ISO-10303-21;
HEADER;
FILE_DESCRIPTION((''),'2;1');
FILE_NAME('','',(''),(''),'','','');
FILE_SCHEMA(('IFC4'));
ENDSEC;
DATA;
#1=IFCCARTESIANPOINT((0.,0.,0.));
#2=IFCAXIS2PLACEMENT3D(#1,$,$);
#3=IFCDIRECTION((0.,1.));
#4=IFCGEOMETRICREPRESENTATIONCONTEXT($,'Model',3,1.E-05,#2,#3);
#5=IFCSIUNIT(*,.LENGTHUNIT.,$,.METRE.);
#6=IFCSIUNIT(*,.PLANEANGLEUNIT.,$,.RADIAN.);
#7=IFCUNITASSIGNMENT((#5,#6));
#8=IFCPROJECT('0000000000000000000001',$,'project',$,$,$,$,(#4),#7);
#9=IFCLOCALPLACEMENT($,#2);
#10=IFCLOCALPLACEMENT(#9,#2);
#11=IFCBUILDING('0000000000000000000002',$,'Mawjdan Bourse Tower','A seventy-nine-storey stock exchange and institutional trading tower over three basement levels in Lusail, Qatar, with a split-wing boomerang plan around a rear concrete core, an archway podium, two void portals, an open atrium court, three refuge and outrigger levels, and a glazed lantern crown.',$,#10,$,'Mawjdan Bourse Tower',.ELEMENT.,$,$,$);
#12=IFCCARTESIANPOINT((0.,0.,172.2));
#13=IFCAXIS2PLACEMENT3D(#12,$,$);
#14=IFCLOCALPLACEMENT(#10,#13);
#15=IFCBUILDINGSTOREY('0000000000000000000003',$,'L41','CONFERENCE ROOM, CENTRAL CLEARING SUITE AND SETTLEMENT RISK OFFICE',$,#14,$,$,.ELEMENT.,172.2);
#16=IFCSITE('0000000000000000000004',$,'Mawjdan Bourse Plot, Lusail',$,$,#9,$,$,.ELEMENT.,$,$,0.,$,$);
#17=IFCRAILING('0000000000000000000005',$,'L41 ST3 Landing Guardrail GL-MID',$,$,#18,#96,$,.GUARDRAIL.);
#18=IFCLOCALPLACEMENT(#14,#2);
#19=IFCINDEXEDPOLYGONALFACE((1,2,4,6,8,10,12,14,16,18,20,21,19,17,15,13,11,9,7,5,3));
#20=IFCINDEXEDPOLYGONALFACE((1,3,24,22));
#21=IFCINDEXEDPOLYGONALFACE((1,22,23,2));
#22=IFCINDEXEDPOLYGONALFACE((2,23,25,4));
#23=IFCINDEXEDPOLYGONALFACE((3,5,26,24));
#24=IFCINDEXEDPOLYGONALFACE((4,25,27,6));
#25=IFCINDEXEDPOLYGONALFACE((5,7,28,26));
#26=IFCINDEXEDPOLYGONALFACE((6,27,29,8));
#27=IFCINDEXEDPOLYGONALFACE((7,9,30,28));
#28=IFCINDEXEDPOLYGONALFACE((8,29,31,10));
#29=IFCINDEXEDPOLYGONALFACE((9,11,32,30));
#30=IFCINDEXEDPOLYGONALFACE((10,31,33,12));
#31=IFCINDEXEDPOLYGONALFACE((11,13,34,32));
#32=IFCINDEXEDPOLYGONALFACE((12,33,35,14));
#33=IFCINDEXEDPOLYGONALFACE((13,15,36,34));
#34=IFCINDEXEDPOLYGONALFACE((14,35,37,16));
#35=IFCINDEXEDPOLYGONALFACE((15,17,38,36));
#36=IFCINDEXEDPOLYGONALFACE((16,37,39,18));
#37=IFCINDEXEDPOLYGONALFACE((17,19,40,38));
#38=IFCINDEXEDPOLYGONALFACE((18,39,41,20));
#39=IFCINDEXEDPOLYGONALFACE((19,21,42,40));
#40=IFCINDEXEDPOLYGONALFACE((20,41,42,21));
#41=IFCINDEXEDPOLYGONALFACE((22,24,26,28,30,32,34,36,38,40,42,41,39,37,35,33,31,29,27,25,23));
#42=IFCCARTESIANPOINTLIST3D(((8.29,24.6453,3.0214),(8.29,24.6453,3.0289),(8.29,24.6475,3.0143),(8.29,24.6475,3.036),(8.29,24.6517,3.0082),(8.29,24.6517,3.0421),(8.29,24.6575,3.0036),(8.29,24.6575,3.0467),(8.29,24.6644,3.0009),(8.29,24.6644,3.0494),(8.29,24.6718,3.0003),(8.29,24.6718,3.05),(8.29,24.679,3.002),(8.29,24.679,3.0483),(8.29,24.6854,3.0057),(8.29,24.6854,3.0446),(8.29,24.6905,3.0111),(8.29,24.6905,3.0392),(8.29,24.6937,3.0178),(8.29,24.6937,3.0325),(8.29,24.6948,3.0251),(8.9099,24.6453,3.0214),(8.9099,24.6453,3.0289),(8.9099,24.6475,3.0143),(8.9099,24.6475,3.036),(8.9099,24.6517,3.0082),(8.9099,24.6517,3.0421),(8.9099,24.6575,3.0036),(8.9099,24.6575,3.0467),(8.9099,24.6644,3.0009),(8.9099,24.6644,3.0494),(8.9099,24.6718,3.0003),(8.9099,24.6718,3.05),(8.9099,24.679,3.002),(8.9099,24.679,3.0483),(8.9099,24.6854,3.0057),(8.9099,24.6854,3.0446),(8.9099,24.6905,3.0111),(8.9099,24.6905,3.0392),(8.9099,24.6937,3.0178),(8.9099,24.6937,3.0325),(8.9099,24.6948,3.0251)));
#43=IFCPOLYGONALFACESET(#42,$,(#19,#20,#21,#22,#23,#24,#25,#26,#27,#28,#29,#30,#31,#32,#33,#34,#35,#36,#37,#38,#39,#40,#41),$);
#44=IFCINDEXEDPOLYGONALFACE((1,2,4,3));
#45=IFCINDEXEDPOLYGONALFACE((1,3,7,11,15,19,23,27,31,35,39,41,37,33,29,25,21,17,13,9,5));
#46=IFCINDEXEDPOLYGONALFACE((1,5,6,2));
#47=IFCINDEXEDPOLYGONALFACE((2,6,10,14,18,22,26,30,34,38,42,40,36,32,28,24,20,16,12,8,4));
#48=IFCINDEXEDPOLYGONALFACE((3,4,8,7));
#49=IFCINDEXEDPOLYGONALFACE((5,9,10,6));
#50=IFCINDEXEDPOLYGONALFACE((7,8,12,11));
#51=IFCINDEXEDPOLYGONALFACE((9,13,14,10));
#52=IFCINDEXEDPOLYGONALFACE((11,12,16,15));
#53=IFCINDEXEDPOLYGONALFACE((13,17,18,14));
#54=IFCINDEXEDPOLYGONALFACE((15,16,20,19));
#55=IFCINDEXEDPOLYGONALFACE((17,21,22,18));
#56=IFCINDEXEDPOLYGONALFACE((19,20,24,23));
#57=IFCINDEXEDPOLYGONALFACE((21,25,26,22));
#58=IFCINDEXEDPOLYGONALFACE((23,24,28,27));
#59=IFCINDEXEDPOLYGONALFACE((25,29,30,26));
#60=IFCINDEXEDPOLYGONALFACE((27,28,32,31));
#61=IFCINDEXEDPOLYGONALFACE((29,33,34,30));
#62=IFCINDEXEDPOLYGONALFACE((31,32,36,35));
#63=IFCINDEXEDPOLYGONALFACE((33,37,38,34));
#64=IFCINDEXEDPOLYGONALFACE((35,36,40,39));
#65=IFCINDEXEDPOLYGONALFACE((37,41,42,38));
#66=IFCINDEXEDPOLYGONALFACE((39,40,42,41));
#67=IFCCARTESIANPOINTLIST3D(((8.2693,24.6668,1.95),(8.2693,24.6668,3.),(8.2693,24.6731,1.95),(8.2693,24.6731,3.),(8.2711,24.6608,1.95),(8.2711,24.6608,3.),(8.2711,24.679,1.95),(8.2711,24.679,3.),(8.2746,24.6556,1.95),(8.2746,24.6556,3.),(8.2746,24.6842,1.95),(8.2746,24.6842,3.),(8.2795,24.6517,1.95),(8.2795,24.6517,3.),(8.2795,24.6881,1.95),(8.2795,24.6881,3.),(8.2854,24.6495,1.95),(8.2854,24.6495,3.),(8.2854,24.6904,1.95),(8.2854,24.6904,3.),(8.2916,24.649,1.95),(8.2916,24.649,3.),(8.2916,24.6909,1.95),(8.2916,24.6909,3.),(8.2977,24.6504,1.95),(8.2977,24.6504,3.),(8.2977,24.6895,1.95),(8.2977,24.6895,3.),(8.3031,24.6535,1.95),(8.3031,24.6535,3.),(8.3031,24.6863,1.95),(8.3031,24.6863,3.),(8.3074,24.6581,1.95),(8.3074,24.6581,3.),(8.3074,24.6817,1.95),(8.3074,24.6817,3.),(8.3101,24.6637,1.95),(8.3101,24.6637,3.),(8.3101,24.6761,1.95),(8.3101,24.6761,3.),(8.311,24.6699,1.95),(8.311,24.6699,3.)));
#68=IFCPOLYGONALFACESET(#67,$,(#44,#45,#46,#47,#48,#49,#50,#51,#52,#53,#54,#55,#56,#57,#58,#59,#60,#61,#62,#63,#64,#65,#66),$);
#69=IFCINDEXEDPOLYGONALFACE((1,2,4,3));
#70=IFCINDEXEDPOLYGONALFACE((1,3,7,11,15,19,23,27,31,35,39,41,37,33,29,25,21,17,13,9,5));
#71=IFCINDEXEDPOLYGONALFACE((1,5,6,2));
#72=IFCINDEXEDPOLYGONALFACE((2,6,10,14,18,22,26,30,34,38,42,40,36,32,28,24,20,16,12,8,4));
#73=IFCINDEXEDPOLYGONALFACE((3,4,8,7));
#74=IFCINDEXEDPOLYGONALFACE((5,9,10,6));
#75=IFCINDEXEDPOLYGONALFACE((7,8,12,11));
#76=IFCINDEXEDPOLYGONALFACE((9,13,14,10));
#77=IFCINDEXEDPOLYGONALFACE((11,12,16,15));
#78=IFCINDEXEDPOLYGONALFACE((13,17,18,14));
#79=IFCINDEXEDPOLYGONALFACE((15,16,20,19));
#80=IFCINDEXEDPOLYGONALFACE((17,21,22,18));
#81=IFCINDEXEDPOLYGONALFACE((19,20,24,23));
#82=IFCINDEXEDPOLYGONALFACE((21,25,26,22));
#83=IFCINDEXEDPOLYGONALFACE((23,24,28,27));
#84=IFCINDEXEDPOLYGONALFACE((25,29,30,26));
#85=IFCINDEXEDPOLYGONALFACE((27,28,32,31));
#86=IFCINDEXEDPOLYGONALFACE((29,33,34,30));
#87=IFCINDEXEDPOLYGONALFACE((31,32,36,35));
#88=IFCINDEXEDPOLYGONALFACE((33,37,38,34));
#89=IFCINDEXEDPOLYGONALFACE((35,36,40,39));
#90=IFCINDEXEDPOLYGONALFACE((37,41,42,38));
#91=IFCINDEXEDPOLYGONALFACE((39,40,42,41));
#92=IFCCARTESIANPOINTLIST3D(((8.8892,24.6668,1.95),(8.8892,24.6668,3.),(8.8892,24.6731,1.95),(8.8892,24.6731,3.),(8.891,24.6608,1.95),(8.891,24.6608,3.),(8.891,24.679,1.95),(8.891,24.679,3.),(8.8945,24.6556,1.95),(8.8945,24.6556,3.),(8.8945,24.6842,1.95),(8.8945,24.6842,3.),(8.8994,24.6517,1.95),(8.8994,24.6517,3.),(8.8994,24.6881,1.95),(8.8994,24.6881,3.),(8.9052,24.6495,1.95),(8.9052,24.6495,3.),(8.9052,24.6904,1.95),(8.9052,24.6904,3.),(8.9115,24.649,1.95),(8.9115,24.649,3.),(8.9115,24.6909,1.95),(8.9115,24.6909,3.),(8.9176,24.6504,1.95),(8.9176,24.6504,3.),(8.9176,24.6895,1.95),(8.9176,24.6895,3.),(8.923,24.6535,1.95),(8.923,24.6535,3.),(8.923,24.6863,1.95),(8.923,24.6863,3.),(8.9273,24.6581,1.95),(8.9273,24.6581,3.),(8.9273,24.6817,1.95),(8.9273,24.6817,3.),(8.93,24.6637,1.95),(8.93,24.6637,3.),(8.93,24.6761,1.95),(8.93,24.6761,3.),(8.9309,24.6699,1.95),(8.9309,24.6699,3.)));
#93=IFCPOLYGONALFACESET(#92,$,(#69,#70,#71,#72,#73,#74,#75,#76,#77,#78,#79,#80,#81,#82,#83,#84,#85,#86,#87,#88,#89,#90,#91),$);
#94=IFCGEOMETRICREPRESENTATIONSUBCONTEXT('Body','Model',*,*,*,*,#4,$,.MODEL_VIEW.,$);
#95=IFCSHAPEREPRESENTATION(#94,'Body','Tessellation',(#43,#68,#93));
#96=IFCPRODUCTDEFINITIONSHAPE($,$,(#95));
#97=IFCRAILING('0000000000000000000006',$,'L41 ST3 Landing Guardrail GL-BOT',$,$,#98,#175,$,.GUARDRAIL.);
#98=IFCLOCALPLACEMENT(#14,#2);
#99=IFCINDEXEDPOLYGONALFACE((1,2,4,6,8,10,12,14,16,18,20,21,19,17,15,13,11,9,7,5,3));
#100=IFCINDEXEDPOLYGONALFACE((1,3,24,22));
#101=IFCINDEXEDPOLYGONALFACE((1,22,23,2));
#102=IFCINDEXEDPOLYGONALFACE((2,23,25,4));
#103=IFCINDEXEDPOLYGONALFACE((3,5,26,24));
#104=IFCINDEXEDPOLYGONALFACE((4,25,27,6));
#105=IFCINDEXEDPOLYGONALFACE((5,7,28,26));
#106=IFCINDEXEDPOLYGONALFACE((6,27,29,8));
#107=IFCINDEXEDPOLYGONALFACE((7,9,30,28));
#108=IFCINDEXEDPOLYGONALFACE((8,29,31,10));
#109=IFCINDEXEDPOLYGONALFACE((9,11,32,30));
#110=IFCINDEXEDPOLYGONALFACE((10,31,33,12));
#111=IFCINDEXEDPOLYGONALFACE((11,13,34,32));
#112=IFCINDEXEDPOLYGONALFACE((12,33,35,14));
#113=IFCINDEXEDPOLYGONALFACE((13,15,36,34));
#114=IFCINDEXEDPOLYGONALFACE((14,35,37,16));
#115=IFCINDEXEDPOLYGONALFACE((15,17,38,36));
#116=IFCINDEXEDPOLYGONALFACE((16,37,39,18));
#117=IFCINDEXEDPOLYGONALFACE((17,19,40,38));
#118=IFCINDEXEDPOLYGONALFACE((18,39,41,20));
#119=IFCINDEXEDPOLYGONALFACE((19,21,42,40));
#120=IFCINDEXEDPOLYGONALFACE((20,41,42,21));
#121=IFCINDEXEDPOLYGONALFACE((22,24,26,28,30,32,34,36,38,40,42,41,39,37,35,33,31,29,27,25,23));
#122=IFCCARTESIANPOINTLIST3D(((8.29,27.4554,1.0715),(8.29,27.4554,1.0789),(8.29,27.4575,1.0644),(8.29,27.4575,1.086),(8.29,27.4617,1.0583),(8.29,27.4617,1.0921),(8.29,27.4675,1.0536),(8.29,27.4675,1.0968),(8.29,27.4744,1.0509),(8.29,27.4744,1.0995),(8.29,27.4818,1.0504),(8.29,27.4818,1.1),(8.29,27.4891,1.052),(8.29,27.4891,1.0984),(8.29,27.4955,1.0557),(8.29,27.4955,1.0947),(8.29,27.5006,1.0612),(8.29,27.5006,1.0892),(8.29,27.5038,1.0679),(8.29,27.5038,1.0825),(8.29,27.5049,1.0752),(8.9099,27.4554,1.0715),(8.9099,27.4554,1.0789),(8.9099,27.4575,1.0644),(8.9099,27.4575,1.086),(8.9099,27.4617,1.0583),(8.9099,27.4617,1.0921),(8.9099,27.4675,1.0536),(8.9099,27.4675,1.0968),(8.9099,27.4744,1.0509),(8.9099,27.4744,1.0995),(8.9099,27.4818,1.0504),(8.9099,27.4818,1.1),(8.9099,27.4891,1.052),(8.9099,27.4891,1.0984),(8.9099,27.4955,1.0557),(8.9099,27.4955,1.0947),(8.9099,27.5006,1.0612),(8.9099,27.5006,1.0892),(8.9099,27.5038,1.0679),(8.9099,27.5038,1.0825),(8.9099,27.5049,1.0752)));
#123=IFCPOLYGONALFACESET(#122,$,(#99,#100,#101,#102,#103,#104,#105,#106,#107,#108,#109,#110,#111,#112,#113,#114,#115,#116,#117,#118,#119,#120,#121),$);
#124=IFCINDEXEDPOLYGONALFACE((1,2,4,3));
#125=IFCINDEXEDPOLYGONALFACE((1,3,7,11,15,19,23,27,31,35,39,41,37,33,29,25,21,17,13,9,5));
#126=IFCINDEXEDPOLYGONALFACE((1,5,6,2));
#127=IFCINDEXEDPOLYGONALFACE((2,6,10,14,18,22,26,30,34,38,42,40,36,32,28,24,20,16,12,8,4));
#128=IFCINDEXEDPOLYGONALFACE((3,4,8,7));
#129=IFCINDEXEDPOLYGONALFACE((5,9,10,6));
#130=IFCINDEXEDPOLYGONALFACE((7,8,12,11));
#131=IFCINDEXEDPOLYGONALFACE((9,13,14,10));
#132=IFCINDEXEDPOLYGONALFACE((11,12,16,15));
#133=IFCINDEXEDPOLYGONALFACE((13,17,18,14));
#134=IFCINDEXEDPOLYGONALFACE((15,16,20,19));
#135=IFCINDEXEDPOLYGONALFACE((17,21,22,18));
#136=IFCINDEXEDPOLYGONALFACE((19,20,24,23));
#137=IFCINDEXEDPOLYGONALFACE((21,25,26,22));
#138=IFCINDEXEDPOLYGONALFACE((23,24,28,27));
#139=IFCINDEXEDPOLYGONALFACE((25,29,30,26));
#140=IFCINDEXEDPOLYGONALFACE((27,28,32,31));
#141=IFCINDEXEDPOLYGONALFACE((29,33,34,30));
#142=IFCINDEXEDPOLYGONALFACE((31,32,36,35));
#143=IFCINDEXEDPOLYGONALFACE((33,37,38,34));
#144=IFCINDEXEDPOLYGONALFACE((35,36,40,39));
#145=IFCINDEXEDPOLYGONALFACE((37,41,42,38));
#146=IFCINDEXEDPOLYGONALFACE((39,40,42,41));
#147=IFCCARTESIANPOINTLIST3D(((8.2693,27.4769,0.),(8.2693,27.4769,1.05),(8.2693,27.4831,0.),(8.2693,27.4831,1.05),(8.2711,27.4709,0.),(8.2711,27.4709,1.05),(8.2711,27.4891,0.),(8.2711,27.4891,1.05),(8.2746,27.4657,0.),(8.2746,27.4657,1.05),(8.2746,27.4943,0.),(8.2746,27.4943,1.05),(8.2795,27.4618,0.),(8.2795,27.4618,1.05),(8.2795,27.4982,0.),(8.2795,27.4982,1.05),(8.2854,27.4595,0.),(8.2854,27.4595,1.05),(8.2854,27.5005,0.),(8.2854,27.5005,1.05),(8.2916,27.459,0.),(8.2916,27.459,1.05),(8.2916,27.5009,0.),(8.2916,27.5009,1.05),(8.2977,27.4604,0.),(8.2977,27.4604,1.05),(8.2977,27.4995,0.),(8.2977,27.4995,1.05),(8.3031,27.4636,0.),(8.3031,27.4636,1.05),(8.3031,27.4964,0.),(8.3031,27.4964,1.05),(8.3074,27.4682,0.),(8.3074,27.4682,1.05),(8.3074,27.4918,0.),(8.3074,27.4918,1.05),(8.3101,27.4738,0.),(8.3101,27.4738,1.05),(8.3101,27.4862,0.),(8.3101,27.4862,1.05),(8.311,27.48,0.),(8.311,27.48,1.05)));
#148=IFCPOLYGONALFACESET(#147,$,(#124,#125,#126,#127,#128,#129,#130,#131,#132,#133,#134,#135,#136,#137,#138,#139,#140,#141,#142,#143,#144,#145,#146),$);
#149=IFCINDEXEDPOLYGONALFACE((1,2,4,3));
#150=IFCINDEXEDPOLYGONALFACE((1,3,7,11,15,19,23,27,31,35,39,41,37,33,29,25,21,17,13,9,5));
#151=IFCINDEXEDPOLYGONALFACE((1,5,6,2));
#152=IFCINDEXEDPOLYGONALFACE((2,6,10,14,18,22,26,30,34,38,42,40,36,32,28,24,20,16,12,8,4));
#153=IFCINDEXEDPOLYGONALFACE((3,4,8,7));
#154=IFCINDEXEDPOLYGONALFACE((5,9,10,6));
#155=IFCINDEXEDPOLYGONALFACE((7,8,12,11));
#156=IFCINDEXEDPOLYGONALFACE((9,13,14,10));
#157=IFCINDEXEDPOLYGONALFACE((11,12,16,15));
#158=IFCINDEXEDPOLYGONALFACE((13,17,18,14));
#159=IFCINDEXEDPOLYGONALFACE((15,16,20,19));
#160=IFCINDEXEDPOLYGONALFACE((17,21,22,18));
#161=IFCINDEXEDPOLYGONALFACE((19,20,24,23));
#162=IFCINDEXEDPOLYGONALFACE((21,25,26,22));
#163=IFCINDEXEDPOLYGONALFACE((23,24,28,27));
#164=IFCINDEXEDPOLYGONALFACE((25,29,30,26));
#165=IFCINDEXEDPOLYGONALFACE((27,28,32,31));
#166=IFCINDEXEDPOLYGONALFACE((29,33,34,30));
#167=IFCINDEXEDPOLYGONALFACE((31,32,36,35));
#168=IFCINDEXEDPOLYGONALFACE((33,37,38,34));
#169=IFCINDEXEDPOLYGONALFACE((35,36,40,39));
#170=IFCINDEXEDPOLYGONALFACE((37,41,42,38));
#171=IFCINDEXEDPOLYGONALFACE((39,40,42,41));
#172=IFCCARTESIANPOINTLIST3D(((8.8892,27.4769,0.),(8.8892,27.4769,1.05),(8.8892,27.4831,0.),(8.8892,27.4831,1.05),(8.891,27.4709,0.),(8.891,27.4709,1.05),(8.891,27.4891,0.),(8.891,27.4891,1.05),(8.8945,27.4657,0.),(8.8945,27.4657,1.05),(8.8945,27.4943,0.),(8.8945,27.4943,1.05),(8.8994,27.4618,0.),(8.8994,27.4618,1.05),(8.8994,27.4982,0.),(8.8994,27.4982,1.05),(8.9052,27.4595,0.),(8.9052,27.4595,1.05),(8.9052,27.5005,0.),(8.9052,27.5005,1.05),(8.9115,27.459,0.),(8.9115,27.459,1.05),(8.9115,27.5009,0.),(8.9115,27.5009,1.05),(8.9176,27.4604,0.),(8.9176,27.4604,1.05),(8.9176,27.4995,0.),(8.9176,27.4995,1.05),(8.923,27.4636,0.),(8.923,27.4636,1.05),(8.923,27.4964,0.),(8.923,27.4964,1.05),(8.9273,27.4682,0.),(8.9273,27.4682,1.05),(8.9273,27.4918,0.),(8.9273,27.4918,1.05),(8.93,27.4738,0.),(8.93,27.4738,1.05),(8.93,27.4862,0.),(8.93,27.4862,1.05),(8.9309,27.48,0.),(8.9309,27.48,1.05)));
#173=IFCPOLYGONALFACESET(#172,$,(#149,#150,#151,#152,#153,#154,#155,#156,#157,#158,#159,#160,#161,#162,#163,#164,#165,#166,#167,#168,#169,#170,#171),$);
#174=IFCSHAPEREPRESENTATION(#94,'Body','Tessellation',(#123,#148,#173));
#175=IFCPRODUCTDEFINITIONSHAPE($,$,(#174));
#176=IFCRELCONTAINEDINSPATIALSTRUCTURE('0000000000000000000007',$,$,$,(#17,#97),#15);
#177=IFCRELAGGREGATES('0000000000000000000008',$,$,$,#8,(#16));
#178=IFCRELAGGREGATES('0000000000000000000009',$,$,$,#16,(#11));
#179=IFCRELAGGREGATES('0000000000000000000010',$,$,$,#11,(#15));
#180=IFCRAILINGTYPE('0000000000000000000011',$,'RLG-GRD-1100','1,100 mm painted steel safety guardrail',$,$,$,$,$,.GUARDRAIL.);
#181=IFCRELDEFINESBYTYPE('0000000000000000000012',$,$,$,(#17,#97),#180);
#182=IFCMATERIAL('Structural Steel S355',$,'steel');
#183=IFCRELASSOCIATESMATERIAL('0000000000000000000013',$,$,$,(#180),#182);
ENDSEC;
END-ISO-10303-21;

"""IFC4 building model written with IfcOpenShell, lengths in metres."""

from ifc_helpers import new_model, si_unit, direction, frame, origin, origin_2d, place, context, subcontext, project, spatial, circle, extrude, material, type_object, element, save


model = new_model("IFC4")

# Units and contexts
model_context = context("Model", 3, precision=1e-05, world=origin(), true_north=direction((0.0, 1.0)))
body_context = subcontext(model_context, "Body", "Model", "MODEL_VIEW")
ifc_project = project(units=[si_unit("LENGTHUNIT", "METRE"), si_unit("PLANEANGLEUNIT", "RADIAN")], contexts=[model_context])

# Site, building, storey
site_placement = place(None, origin())
site = spatial("IfcSite", under=ifc_project, at=site_placement, Name="Mawjdan Bourse Plot, Lusail", CompositionType="ELEMENT", RefElevation=0.0)
building_placement = place(site_placement, origin())
building = spatial("IfcBuilding", under=site, at=building_placement, Name="Mawjdan Bourse Tower", Description="A seventy-nine-storey stock exchange and institutional trading tower over three basement levels in Lusail, Qatar, with a split-wing boomerang plan around a rear concrete core, an archway podium, two void portals, an open atrium court, three refuge and outrigger levels, and a glazed lantern crown.", LongName="Mawjdan Bourse Tower", CompositionType="ELEMENT")
storey_placement = place(building_placement, frame((0.0, 0.0, 172.2)))
storey = spatial("IfcBuildingStorey", under=building, at=storey_placement, Name="L41", Description="CONFERENCE ROOM, CENTRAL CLEARING SUITE AND SETTLEMENT RISK OFFICE", CompositionType="ELEMENT", Elevation=172.2)

# Shared definitions
ifc_material_1 = material(Name="Structural Steel S355", Category="steel")

# Railings
railing_type_1 = type_object("IfcRailingType", Name="RLG-GRD-1100", Description="1,100 mm painted steel safety guardrail", PredefinedType="GUARDRAIL", material=ifc_material_1)
for number, where, name in (
    (1, (8.29, 24.6699, 1.95), "L41 ST3 Landing Guardrail GL-MID"),
    (2, (8.29, 27.48, 0.0), "L41 ST3 Landing Guardrail GL-BOT"),
):
    element("IfcRailing", number, at=place(storey_placement, frame(where)), inside=storey, type_object=railing_type_1, Name=name, PredefinedType="GUARDRAIL", context=body_context, shape_type="SweptSolid", body=[
        extrude(circle(Radius=0.0249, at=origin_2d()), frame((0.0, 0.0, 1.0752), z_axis=(1.0, 0.0, 0.0), x_axis=(0.0, 1.0, 0.0)), (0.0, 0.0, 1.0), 0.6199),
        extrude(circle(Radius=0.021, at=origin_2d()), origin(), (0.0, 0.0, 1.0), 1.05),
        extrude(circle(Radius=0.021, at=origin_2d()), frame((0.6199, 0.0, 0.0)), (0.0, 0.0, 1.0), 1.05),
    ])

save(model, "model.ifc")
